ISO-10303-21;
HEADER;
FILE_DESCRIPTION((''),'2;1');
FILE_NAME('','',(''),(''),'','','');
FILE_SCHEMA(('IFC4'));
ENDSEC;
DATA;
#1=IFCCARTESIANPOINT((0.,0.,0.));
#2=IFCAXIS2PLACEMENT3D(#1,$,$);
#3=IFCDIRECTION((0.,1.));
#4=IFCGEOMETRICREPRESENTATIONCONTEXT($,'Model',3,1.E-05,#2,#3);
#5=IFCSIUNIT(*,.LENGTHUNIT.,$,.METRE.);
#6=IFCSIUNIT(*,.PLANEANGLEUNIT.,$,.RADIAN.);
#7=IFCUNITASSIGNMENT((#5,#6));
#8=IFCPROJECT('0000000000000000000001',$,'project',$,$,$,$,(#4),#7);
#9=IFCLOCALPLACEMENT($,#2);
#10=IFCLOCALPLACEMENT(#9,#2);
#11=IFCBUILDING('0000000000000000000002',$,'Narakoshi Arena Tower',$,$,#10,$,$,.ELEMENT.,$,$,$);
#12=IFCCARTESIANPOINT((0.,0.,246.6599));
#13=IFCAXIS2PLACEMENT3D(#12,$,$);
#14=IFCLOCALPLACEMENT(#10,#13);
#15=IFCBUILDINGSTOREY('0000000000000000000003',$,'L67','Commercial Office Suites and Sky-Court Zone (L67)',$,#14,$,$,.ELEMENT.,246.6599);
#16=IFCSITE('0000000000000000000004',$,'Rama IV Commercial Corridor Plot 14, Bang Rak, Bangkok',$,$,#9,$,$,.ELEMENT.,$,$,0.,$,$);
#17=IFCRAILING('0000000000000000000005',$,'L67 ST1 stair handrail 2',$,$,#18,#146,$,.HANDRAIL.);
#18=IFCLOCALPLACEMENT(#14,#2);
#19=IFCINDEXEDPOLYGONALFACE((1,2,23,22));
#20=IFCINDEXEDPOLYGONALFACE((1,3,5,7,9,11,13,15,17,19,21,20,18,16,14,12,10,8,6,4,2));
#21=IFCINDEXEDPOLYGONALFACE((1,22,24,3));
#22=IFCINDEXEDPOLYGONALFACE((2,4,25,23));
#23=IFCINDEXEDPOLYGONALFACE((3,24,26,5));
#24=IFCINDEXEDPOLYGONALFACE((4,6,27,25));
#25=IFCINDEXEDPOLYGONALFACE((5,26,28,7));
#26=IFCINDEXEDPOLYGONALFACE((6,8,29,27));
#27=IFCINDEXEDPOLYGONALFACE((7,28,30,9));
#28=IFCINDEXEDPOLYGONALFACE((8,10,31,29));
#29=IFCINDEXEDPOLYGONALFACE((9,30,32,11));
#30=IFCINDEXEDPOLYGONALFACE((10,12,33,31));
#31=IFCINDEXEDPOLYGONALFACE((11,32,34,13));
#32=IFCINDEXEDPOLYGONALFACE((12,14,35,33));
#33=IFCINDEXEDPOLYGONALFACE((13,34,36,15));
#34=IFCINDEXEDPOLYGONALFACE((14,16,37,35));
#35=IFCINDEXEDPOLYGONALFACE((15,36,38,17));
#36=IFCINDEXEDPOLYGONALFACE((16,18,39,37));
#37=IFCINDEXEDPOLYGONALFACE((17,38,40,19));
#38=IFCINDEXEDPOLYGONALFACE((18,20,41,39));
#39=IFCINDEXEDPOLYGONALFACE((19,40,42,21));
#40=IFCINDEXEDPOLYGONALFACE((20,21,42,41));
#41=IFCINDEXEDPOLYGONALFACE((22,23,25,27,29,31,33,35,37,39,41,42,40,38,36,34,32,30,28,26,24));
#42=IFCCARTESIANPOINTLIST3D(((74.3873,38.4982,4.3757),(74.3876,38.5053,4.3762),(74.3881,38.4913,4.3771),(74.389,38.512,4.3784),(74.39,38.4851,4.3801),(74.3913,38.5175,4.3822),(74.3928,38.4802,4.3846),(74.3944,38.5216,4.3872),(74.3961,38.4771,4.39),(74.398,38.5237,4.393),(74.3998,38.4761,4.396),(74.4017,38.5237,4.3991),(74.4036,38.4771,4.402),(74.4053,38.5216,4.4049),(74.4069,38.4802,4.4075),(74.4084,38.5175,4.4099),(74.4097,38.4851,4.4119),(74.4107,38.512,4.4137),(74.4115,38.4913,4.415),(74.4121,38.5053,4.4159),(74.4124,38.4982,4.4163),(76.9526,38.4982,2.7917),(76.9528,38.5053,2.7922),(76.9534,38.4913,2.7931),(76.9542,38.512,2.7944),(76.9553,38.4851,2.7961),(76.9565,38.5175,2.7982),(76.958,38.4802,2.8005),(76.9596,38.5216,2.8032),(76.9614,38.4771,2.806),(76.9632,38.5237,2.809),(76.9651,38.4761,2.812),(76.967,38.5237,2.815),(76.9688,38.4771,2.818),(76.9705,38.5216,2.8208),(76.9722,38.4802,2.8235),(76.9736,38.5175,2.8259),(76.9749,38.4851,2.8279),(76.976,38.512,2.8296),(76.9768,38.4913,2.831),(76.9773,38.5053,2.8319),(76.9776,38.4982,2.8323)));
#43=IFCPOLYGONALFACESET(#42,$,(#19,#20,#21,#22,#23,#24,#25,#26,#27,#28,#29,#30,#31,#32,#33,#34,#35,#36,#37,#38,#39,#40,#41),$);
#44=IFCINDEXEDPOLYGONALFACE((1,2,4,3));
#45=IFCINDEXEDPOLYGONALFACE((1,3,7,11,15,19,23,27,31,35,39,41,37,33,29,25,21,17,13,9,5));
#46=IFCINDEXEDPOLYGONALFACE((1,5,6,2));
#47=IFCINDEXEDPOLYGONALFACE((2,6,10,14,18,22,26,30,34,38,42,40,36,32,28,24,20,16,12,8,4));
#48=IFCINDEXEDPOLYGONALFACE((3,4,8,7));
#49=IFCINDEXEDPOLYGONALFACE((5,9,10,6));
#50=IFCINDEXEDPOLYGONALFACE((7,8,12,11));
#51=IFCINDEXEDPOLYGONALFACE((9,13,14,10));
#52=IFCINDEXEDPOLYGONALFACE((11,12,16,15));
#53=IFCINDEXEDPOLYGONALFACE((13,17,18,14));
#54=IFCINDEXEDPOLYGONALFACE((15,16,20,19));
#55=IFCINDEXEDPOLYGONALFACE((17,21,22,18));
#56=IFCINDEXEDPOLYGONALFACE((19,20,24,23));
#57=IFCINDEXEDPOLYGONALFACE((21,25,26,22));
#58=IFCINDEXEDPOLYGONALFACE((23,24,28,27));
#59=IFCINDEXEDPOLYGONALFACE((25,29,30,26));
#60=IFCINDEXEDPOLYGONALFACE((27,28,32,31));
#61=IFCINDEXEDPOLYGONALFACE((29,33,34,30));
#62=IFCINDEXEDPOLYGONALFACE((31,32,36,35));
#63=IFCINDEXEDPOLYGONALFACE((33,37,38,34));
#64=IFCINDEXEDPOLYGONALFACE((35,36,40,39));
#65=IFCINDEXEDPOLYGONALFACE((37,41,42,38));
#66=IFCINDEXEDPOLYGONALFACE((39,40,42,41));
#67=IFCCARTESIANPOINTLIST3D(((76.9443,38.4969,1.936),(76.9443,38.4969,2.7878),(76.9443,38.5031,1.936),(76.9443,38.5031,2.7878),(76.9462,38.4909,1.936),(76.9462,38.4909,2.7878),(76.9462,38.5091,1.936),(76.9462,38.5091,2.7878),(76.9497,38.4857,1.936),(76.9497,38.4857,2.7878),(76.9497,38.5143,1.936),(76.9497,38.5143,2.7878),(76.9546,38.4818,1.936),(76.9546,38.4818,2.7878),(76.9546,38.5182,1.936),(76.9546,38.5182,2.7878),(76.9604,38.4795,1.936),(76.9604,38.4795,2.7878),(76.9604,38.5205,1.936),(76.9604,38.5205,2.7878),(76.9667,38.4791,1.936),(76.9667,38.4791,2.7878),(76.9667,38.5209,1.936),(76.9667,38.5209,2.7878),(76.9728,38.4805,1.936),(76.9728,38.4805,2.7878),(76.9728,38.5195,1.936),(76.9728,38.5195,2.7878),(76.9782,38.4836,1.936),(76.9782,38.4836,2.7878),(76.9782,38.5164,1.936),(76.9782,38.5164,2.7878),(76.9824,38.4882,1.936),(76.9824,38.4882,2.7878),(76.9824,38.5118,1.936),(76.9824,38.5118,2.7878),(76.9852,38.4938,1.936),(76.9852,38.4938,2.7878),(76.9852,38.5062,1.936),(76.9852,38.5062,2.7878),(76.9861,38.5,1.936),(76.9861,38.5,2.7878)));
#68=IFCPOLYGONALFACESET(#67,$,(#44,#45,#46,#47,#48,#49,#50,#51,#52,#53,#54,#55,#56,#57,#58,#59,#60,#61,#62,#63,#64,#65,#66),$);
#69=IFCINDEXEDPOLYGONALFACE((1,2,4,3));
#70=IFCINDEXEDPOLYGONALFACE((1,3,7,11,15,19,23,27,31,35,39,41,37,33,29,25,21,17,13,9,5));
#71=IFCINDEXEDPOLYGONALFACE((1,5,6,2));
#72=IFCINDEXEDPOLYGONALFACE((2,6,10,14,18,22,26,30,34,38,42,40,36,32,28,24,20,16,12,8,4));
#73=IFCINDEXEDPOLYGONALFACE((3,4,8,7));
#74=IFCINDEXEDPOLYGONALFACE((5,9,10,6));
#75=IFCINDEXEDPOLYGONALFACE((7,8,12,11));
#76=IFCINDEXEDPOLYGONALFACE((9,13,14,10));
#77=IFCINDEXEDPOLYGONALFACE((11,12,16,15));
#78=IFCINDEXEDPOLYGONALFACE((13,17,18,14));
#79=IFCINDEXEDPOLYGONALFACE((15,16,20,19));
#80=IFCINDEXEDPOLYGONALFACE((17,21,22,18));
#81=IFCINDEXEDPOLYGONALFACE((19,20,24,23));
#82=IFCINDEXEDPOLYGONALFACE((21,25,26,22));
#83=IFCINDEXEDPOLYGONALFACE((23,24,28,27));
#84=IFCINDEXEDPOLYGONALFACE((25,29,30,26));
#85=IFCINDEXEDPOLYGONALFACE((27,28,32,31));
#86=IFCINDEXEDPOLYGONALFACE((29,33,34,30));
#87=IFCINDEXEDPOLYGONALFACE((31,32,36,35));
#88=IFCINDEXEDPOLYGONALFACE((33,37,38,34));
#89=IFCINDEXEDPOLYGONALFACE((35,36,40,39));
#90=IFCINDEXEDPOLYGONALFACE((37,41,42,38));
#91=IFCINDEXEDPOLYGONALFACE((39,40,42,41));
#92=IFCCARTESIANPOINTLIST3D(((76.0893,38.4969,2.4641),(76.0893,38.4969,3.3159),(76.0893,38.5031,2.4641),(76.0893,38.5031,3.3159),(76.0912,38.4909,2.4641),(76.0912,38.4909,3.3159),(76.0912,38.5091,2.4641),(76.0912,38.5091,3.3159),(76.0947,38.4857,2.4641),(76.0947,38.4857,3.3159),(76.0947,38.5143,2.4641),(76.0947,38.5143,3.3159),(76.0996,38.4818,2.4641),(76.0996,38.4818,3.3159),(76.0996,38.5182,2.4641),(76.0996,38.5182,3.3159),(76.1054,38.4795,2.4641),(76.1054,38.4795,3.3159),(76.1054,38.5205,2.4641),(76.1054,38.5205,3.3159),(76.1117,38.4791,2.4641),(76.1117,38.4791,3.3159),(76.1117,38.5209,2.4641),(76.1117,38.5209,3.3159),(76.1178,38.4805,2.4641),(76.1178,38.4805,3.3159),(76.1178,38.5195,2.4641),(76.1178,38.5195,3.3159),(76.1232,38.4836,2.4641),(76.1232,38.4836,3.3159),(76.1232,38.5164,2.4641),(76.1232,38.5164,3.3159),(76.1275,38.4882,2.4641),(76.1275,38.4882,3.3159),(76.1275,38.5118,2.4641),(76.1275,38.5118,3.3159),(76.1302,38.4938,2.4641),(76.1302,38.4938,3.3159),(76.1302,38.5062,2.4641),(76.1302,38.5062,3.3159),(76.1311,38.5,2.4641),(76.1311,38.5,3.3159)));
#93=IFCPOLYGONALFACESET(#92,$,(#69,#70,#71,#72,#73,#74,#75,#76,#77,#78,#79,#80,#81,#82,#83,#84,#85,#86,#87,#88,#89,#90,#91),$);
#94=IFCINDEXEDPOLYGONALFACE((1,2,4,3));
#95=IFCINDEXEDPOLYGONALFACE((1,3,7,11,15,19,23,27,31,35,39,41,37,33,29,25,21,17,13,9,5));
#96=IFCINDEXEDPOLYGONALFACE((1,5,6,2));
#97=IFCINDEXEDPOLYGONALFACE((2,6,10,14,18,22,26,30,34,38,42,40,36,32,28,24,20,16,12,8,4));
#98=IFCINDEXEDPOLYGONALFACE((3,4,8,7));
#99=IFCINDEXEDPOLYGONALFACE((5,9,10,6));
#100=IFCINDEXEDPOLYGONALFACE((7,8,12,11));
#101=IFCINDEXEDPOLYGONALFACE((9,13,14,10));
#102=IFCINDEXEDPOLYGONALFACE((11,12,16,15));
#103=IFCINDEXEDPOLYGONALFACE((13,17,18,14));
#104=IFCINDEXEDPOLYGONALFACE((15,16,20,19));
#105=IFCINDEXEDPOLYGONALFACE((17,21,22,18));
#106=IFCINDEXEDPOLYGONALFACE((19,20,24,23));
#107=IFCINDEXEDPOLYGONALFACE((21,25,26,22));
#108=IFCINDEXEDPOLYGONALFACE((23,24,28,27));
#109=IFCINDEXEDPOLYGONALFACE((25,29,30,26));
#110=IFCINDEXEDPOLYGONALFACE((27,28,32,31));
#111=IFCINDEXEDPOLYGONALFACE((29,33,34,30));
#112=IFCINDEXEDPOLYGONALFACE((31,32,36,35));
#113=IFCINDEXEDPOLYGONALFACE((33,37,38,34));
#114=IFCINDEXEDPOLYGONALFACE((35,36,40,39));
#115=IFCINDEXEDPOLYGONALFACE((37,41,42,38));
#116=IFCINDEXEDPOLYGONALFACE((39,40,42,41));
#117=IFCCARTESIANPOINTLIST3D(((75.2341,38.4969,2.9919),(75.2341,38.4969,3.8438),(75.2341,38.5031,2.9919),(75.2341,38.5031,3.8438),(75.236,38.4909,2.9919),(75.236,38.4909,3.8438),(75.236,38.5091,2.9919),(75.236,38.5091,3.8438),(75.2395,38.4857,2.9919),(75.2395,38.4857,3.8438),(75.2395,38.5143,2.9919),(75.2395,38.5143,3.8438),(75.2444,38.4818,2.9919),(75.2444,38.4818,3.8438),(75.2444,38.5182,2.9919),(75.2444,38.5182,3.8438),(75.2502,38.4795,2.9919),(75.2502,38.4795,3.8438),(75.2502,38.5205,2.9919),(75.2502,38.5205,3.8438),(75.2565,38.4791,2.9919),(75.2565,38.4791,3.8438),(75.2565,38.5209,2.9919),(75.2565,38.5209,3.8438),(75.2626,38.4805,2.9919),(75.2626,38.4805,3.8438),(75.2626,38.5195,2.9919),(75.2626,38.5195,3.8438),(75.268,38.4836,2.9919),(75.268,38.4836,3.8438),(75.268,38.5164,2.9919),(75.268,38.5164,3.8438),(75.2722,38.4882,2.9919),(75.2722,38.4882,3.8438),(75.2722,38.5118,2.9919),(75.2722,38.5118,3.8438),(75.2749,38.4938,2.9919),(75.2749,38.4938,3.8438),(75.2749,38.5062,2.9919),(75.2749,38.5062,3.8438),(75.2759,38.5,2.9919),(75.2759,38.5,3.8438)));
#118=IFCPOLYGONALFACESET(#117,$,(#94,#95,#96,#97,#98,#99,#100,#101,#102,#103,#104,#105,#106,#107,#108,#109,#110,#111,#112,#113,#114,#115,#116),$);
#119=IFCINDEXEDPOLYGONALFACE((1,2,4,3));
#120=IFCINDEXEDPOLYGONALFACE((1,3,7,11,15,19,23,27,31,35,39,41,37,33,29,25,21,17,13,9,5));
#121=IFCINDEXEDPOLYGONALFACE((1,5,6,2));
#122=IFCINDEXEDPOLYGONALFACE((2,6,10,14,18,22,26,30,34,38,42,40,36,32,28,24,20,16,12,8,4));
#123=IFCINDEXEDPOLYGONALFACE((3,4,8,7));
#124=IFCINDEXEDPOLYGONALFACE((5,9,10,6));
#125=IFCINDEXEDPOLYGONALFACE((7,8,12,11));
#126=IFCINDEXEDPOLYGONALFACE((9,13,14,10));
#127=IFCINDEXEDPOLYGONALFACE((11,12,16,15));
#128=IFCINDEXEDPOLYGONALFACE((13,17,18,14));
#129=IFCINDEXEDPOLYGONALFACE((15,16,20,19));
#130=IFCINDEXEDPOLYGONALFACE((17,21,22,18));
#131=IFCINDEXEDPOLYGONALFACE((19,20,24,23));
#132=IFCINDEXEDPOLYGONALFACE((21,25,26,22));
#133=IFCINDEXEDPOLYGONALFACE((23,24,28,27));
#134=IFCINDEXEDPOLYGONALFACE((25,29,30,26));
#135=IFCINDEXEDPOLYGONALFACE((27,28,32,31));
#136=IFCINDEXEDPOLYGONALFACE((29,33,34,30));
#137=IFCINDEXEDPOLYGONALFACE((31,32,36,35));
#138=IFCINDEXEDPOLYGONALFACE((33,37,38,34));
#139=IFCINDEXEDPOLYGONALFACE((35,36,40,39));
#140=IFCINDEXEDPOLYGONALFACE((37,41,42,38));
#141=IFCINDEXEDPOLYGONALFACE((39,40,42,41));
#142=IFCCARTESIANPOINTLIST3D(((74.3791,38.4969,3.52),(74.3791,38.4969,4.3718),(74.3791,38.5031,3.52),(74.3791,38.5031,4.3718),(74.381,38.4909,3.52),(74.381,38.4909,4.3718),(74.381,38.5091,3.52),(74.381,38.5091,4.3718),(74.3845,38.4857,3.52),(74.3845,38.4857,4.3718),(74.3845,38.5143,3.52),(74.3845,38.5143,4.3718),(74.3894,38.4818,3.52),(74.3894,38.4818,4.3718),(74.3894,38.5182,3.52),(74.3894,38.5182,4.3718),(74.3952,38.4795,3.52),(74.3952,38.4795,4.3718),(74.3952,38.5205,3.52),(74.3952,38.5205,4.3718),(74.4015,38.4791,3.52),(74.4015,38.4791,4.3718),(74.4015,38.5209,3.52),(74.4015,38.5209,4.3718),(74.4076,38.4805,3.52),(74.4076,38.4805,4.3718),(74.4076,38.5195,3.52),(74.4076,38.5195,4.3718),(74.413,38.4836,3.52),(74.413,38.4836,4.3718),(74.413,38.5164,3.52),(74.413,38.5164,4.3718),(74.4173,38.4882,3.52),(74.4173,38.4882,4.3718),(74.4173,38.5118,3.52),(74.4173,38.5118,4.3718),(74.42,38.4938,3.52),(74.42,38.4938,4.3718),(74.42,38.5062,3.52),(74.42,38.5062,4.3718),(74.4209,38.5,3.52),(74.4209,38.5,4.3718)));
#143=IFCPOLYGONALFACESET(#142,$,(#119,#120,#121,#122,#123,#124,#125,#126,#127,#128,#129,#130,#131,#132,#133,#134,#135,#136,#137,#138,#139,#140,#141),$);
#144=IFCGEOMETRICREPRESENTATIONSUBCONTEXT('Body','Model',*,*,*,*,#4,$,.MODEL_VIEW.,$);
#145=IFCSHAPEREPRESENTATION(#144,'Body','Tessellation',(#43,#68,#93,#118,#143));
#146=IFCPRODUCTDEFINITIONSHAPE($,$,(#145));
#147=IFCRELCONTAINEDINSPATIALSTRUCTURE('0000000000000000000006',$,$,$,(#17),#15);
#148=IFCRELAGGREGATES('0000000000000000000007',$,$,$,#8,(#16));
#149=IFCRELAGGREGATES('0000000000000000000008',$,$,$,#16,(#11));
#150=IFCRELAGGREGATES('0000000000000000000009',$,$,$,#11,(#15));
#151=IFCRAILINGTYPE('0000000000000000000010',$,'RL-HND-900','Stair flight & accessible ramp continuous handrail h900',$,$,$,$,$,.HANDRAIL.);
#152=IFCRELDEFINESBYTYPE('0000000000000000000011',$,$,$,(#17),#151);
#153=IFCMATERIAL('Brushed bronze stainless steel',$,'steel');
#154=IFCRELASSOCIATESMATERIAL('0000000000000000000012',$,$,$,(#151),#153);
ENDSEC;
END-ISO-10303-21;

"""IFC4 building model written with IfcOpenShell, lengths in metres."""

from ifc_helpers import new_model, si_unit, direction, frame, origin, origin_2d, place, context, subcontext, project, spatial, circle, extrude, material, type_object, element, save


model = new_model("IFC4")

# Units and contexts
model_context = context("Model", 3, precision=1e-05, world=origin(), true_north=direction((0.0, 1.0)))
body_context = subcontext(model_context, "Body", "Model", "MODEL_VIEW")
ifc_project = project(units=[si_unit("LENGTHUNIT", "METRE"), si_unit("PLANEANGLEUNIT", "RADIAN")], contexts=[model_context])

# Site, building, storey
site_placement = place(None, origin())
site = spatial("IfcSite", under=ifc_project, at=site_placement, Name="Rama IV Commercial Corridor Plot 14, Bang Rak, Bangkok", CompositionType="ELEMENT", RefElevation=0.0)
building_placement = place(site_placement, origin())
building = spatial("IfcBuilding", under=site, at=building_placement, Name="Narakoshi Arena Tower", CompositionType="ELEMENT")
storey_placement = place(building_placement, frame((0.0, 0.0, 246.6599)))
storey = spatial("IfcBuildingStorey", under=building, at=storey_placement, Name="L67", Description="Commercial Office Suites and Sky-Court Zone (L67)", CompositionType="ELEMENT", Elevation=246.6599)

# Railing
ifc_material_1 = material(Name="Brushed bronze stainless steel", Category="steel")
railing_type_1 = type_object("IfcRailingType", Name="RL-HND-900", Description="Stair flight & accessible ramp continuous handrail h900", PredefinedType="HANDRAIL", material=ifc_material_1)
railing_1_placement = place(storey_placement, frame((76.9651, 38.5, 1.936)))
element("IfcRailing", 1, at=railing_1_placement, inside=storey, type_object=railing_type_1, Name="L67 ST1 stair handrail 2", PredefinedType="HANDRAIL", context=body_context, shape_type="SweptSolid", body=[
    extrude(circle(Radius=0.0239, at=origin_2d()), frame((0.0, 0.0, 0.876), z_axis=(-0.850857, 0.0, 0.525398), x_axis=(0.0, -1.0, 0.0)), (0.0, 0.0, 1.0), 3.0149),
    extrude(circle(Radius=0.021, at=origin_2d()), origin(), (0.0, 0.0, 1.0), 0.8518),
    extrude(circle(Radius=0.021, at=origin_2d()), frame((-0.855, 0.0, 0.5281)), (0.0, 0.0, 1.0), 0.8518),
    extrude(circle(Radius=0.021, at=origin_2d()), frame((-1.7102, 0.0, 1.0559)), (0.0, 0.0, 1.0), 0.8518),
    extrude(circle(Radius=0.021, at=origin_2d()), frame((-2.5652, 0.0, 1.584)), (0.0, 0.0, 1.0), 0.8518),
])

save(model, "model.ifc")
